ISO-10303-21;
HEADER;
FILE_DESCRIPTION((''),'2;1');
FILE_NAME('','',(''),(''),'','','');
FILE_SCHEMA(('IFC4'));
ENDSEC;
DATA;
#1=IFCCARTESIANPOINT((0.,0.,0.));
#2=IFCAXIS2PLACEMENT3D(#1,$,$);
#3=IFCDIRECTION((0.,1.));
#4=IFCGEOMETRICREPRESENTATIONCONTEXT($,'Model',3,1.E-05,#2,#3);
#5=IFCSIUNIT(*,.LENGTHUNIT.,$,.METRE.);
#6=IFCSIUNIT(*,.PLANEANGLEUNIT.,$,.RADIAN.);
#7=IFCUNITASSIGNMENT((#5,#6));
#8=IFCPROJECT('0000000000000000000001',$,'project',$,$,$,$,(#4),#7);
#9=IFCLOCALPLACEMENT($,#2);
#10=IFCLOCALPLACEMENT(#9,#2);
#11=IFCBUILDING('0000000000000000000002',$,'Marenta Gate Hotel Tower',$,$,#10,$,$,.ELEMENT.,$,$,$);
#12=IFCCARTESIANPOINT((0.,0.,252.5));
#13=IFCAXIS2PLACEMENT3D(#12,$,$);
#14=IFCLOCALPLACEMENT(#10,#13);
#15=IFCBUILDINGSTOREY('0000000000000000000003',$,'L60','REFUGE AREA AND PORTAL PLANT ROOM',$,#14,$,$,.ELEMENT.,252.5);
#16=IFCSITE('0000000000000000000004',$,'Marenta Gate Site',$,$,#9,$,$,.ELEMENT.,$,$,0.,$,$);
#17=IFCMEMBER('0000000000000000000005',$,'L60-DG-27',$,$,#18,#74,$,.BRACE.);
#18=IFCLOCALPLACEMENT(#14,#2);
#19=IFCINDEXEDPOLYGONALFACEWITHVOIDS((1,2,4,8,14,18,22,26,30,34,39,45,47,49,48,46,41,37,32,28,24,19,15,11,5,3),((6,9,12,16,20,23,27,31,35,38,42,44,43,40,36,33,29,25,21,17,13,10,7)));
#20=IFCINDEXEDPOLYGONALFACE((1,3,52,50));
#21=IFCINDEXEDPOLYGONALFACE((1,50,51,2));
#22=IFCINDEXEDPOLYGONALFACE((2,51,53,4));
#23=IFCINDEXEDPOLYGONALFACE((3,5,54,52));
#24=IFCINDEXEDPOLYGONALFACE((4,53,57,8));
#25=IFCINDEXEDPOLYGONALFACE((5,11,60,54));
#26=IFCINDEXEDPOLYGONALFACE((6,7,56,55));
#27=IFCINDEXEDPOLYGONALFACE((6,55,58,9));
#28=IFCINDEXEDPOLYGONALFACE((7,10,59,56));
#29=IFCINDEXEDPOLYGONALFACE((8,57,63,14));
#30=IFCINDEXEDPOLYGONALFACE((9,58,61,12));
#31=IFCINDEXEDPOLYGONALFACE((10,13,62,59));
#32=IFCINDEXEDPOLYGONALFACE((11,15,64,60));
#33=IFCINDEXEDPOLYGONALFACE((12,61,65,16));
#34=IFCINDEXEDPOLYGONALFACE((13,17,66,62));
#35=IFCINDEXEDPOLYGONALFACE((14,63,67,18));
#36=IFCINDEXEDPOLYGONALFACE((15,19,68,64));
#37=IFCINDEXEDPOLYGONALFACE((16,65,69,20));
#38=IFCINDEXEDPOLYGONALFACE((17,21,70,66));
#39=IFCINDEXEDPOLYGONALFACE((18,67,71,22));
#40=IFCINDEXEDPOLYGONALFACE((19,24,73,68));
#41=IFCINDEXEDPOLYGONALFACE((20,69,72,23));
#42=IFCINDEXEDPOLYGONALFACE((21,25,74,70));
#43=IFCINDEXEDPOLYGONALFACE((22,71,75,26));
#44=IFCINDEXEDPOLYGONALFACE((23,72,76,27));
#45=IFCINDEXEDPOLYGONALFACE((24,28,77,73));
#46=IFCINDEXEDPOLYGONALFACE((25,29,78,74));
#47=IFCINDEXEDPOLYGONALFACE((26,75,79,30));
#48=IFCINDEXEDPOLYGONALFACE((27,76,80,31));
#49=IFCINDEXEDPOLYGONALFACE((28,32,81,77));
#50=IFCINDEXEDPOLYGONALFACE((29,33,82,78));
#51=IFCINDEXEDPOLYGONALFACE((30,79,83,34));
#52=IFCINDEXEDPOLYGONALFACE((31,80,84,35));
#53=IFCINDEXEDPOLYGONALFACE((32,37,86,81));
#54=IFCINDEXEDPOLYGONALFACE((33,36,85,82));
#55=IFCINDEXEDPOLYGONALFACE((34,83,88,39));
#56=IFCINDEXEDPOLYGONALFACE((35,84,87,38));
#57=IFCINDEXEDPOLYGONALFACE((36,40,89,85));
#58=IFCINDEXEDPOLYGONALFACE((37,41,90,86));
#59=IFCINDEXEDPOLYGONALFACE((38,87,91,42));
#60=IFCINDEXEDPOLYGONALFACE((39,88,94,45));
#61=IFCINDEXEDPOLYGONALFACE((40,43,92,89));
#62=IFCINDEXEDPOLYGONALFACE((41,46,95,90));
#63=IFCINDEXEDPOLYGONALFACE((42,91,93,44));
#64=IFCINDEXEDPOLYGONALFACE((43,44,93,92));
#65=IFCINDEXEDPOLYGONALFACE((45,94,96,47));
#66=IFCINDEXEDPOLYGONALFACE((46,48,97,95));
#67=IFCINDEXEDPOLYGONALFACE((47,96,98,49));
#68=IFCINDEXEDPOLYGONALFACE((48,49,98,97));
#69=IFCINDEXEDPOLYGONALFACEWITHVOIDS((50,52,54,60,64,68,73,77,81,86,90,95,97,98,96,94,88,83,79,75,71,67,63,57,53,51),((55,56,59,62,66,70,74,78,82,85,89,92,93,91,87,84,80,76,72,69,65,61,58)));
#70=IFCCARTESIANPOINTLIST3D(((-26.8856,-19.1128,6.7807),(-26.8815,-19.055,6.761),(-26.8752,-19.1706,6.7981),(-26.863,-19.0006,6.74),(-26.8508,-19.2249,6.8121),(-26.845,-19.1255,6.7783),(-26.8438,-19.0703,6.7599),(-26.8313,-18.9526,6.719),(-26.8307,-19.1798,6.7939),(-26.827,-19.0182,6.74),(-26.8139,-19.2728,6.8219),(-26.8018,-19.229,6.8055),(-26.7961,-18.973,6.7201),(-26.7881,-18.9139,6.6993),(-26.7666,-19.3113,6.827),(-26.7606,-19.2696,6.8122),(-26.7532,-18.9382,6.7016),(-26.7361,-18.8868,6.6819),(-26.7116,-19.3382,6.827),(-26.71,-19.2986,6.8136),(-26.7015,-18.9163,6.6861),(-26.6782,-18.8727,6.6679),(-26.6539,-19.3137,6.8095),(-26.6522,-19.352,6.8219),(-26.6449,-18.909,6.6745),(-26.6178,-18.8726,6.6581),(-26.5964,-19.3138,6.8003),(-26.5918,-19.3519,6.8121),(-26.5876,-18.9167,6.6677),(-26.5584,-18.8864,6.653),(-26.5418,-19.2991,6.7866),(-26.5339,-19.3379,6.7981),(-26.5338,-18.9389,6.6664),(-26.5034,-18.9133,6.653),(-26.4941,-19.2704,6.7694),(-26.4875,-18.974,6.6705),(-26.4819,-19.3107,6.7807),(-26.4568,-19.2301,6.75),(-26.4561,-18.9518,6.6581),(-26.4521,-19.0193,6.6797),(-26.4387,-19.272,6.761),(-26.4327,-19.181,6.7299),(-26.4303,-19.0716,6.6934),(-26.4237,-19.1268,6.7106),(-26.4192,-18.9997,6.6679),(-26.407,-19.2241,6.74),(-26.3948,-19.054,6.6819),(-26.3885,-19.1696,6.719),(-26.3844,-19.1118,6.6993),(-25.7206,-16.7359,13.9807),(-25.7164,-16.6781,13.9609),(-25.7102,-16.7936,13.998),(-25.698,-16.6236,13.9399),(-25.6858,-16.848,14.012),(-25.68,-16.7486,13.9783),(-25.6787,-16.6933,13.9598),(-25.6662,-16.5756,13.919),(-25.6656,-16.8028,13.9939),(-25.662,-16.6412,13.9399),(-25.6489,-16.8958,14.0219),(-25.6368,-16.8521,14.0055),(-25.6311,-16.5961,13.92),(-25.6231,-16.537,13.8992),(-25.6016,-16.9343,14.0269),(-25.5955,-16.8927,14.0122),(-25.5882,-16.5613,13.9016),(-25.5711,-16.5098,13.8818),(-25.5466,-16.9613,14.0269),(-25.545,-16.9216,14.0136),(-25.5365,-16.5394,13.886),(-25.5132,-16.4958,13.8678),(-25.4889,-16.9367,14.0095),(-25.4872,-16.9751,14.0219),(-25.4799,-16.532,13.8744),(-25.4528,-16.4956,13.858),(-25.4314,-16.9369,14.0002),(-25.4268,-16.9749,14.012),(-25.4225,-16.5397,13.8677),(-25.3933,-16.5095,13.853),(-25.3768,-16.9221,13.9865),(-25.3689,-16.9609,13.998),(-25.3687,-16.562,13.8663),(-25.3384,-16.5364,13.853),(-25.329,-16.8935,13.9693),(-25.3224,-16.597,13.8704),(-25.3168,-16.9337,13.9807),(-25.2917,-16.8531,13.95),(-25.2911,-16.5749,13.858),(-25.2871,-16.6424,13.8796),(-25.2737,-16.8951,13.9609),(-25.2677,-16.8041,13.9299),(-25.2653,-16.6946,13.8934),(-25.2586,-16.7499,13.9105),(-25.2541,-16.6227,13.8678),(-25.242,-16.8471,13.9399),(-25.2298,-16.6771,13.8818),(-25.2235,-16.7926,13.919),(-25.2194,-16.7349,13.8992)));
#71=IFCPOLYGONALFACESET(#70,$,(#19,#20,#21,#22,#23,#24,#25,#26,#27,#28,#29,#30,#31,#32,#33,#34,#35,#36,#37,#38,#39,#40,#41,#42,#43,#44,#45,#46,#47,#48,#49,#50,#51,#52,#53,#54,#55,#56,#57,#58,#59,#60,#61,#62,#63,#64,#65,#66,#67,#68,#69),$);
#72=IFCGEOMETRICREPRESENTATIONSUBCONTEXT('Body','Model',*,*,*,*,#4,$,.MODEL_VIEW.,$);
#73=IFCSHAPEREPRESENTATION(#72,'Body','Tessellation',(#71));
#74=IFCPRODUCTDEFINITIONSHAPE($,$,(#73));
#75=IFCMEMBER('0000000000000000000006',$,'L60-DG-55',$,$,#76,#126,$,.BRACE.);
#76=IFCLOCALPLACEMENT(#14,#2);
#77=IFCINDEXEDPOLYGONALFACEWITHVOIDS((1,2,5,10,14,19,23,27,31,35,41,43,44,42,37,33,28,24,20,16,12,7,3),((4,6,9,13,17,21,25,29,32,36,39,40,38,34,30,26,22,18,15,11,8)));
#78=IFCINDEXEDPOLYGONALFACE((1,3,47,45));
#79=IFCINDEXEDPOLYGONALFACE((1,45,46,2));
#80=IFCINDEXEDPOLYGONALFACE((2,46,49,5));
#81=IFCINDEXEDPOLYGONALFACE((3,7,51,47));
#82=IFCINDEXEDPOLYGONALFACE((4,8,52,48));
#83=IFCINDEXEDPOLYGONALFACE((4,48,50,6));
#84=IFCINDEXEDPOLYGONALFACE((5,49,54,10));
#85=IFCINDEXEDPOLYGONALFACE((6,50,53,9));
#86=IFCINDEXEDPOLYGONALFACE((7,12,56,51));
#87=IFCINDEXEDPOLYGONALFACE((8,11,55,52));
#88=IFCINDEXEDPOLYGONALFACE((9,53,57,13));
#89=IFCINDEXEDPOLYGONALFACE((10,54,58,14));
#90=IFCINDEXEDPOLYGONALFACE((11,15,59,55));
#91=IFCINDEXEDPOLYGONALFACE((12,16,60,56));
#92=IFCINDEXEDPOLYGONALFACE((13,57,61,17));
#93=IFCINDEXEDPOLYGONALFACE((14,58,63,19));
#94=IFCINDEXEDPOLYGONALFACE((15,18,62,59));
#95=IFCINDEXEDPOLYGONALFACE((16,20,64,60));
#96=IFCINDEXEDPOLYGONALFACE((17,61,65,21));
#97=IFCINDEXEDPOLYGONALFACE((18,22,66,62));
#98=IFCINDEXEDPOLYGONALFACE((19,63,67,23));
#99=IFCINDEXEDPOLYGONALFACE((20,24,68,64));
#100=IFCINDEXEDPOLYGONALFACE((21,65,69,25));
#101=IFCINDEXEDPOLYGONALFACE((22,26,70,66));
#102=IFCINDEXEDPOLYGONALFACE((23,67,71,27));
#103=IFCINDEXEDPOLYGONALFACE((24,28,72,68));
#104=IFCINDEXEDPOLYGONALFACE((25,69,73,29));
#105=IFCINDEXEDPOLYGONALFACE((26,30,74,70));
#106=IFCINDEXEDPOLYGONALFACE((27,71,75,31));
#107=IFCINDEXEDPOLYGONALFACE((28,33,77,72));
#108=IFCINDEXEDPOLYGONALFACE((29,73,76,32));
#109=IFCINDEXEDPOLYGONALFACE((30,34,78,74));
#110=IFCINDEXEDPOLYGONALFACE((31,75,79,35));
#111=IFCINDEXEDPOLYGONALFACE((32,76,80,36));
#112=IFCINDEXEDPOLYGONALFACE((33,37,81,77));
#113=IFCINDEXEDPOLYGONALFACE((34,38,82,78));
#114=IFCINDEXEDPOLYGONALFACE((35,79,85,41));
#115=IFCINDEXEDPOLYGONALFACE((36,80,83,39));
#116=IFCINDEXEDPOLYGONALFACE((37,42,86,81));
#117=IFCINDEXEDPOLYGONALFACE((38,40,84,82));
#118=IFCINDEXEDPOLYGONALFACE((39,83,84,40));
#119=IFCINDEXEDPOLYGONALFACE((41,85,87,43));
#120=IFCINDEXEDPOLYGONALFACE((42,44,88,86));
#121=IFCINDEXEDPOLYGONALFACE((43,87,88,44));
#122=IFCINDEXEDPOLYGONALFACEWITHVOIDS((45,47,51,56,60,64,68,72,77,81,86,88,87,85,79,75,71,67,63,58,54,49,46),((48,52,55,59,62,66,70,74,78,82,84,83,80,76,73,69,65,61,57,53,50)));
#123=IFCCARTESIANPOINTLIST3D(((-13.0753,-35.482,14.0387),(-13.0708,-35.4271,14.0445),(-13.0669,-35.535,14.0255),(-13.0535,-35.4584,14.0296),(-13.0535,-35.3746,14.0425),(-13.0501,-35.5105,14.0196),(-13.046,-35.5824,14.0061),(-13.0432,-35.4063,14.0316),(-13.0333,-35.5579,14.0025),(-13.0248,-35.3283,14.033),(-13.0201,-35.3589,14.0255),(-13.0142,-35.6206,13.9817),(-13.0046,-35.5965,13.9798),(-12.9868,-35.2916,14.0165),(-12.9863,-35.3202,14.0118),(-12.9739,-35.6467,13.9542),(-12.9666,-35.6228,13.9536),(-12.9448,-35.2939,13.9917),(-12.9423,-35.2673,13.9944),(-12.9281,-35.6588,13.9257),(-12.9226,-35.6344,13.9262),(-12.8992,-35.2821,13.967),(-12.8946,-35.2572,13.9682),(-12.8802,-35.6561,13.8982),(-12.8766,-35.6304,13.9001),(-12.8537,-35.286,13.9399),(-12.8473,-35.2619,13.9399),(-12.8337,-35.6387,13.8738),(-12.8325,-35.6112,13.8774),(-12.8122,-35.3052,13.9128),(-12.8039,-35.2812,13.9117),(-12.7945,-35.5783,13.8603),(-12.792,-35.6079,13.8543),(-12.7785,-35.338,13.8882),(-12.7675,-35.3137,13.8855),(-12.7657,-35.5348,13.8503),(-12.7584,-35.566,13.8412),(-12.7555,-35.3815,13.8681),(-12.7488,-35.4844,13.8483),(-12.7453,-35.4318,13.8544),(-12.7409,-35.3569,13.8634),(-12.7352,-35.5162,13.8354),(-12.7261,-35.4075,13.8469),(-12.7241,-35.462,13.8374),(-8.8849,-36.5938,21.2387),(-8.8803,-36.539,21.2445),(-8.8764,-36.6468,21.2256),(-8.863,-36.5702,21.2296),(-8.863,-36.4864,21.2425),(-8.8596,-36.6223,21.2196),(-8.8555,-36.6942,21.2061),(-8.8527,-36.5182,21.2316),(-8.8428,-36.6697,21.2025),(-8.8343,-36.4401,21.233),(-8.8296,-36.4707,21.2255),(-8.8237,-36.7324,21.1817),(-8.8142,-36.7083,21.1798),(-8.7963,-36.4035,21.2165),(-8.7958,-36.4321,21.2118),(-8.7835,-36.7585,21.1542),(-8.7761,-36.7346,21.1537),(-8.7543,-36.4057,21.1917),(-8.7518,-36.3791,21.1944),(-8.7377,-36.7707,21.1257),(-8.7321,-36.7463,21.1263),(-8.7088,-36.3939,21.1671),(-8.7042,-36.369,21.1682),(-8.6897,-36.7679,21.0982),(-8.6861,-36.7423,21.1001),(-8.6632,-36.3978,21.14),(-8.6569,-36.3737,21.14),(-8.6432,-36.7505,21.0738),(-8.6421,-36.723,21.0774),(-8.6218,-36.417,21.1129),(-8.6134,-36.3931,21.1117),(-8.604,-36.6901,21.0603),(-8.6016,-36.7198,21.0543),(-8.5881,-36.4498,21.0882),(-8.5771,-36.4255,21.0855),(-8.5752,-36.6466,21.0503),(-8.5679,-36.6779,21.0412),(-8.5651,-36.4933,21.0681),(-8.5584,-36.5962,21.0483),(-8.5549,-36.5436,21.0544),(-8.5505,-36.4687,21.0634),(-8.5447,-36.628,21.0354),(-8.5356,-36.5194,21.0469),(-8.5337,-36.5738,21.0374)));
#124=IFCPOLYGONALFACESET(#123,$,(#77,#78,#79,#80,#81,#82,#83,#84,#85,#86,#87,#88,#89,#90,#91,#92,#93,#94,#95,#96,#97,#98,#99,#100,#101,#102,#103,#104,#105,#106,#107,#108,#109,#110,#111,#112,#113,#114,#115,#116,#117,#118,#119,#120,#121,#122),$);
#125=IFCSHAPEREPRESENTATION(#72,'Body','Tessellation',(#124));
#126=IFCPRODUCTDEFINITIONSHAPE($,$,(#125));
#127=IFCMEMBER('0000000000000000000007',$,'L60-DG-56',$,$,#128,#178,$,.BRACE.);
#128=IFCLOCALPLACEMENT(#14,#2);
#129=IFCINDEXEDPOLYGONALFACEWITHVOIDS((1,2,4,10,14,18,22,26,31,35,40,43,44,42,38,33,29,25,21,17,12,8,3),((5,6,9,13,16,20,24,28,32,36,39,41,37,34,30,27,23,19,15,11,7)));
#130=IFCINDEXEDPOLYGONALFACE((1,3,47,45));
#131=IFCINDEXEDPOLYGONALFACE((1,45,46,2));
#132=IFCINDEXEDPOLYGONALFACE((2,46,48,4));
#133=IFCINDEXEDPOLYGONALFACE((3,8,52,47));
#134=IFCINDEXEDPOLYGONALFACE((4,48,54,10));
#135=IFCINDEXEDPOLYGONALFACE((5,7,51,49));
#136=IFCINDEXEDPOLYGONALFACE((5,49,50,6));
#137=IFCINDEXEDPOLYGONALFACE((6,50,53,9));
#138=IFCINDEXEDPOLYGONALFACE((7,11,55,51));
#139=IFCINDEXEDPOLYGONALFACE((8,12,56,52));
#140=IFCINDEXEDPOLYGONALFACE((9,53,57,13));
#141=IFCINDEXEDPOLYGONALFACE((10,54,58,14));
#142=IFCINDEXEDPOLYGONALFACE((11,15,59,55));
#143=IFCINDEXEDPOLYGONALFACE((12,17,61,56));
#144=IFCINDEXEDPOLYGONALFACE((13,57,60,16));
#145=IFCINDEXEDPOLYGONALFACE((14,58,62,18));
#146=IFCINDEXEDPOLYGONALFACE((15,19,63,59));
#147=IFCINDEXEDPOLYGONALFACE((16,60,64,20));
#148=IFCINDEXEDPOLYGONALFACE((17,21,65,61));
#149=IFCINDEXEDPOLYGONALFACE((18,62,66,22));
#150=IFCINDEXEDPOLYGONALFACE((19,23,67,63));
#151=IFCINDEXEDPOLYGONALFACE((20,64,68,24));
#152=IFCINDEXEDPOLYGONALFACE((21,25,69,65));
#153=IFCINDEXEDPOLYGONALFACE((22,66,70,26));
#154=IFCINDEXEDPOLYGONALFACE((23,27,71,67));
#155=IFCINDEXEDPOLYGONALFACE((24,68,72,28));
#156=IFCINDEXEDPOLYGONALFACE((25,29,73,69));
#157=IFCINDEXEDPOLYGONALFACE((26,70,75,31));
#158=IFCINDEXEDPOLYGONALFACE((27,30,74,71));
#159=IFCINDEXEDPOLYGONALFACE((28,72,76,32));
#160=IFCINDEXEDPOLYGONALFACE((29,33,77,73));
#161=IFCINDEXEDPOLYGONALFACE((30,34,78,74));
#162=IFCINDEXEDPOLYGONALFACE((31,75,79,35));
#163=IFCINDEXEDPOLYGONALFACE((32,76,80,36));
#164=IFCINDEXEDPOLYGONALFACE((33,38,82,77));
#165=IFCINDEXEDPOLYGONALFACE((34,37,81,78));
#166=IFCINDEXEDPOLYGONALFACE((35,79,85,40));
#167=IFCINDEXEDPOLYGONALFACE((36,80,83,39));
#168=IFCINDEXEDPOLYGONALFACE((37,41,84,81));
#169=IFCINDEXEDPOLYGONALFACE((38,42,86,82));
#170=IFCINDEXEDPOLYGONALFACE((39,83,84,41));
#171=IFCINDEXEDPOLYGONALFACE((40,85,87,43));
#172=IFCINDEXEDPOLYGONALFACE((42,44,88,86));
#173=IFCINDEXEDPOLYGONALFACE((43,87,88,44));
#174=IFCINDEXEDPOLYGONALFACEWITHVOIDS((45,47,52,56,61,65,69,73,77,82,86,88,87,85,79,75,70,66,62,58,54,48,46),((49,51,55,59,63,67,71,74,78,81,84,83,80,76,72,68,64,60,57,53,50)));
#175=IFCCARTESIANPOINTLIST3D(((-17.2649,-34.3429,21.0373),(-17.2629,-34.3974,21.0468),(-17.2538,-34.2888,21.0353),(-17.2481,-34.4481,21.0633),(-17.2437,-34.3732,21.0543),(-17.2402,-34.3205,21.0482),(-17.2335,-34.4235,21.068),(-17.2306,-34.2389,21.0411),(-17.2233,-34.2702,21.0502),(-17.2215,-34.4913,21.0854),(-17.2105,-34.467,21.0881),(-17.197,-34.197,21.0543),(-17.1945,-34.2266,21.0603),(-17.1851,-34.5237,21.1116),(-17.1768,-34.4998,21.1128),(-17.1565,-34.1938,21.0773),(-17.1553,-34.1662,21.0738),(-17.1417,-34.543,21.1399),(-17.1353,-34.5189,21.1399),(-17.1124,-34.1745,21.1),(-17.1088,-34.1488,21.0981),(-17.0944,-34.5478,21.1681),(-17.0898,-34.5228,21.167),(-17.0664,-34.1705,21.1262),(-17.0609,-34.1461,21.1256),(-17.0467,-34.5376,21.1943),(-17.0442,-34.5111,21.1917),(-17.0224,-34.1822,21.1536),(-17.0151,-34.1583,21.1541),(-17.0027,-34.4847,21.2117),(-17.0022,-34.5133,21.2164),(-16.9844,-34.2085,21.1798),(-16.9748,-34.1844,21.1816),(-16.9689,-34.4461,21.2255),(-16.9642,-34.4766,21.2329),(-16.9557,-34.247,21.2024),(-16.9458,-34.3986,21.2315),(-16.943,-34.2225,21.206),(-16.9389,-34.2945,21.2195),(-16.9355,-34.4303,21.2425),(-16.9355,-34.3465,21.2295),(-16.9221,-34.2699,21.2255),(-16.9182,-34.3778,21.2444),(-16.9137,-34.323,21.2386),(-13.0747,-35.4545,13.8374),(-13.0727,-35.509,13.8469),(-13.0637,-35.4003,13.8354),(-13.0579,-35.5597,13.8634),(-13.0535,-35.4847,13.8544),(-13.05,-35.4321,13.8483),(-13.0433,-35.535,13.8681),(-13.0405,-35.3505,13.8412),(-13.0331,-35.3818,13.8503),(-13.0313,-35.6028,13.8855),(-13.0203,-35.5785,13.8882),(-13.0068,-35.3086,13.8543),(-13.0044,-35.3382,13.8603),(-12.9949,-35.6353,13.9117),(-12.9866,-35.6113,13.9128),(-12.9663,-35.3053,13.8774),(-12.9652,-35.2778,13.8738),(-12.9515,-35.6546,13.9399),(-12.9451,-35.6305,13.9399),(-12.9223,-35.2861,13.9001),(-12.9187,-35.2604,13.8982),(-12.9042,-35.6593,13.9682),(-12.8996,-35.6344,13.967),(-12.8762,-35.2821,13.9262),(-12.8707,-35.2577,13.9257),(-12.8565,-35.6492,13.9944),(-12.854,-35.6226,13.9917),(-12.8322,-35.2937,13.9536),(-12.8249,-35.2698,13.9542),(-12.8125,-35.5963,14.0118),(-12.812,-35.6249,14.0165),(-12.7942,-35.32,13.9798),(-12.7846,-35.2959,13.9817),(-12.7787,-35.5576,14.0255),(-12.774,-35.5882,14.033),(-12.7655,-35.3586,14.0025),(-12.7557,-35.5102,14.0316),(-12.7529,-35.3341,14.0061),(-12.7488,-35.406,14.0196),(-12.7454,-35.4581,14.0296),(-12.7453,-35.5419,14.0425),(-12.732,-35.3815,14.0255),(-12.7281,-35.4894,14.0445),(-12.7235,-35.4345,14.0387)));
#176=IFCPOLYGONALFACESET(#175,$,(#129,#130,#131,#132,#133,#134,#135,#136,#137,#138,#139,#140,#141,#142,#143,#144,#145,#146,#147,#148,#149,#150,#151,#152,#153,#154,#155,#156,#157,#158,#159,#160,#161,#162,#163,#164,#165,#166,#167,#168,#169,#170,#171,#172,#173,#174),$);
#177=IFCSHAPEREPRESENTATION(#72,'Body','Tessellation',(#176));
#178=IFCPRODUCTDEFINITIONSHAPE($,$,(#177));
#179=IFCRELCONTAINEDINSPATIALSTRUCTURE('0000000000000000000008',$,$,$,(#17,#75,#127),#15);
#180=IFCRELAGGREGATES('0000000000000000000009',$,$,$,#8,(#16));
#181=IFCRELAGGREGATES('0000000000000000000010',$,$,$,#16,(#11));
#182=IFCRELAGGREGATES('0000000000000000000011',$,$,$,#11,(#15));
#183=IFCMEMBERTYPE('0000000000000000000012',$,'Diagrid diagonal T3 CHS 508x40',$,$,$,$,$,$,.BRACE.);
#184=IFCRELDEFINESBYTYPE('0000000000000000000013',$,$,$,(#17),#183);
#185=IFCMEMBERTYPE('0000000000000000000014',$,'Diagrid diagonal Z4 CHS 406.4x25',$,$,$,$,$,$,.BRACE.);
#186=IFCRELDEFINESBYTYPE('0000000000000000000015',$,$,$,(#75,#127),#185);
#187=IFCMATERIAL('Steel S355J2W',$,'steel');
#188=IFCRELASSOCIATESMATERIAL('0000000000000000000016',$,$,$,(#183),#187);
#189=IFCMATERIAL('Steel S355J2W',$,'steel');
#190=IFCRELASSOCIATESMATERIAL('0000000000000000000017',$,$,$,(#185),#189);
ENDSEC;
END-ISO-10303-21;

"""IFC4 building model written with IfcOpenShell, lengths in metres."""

from ifc_helpers import new_model, si_unit, direction, frame, origin, origin_2d, place, context, subcontext, project, spatial, hollow_circle, extrude, material, material_profile, profile_set, type_object, element, save


model = new_model("IFC4")

# Units and contexts
model_context = context("Model", 3, precision=1e-05, world=origin(), true_north=direction((0.0, 1.0)))
body_context = subcontext(model_context, "Body", "Model", "MODEL_VIEW")
ifc_project = project(units=[si_unit("LENGTHUNIT", "METRE"), si_unit("PLANEANGLEUNIT", "RADIAN")], contexts=[model_context])

# Site, building, storey
site_placement = place(None, origin())
site = spatial("IfcSite", under=ifc_project, at=site_placement, Name="Marenta Gate Site", CompositionType="ELEMENT", RefElevation=0.0)
building_placement = place(site_placement, origin())
building = spatial("IfcBuilding", under=site, at=building_placement, Name="Marenta Gate Hotel Tower", CompositionType="ELEMENT")
storey_placement = place(building_placement, frame((0.0, 0.0, 252.5)))
storey = spatial("IfcBuildingStorey", under=building, at=storey_placement, Name="L60", Description="REFUGE AREA AND PORTAL PLANT ROOM", CompositionType="ELEMENT", Elevation=252.5)

# Members
ifc_material_1 = material(Name="Steel S355J2W", Category="steel")
ifc_material_profile_1 = material_profile(ifc_material_1, hollow_circle(Radius=0.2539, WallThickness=0.04, at=origin_2d()), Name="CHS 508x40")
ifc_profile_set_1 = profile_set([ifc_material_profile_1], Name="Steel S355J2W")
member_type_1 = type_object("IfcMemberType", Name="Diagrid diagonal T3 CHS 508x40", PredefinedType="BRACE", material=ifc_profile_set_1)
member_1_placement = place(storey_placement, frame((-26.635, -19.1123, 6.74), z_axis=(0.151873, 0.309856, 0.938575), x_axis=(-0.897941, 0.440116, 0.0)))
element("IfcMember", 1, at=member_1_placement, inside=storey, type_object=member_type_1, Name="L60-DG-27", PredefinedType="BRACE", context=body_context, shape_type="SweptSolid", body=[
    extrude(hollow_circle(Radius=0.2539, WallThickness=0.04, at=origin_2d()), origin(), (0.0, 0.0, 1.0), 7.6711),
])
ifc_material_2 = material(Name="Steel S355J2W", Category="steel")
ifc_material_profile_2 = material_profile(ifc_material_2, hollow_circle(Radius=0.2031, WallThickness=0.0249, at=origin_2d()), Name="CHS 406.4x25")
ifc_profile_set_2 = profile_set([ifc_material_profile_2], Name="Steel S355J2W")
member_type_2 = type_object("IfcMemberType", Name="Diagrid diagonal Z4 CHS 406.4x25", PredefinedType="BRACE", material=ifc_profile_set_2)
member_2_placement = place(storey_placement, frame((-12.8994, -35.4583, 13.9399), z_axis=(0.498595, -0.132289, 0.856681), x_axis=(0.25645, 0.966558, 0.0)))
element("IfcMember", 2, at=member_2_placement, inside=storey, type_object=member_type_2, Name="L60-DG-55", PredefinedType="BRACE", context=body_context, shape_type="SweptSolid", body=[
    extrude(hollow_circle(Radius=0.2031, WallThickness=0.0249, at=origin_2d()), origin(), (0.0, 0.0, 1.0), 8.4045),
])
for number, where, z_axis, x_axis, name in (
    (3, (-12.8994, -35.4583, 13.9399), (-0.498575, 0.132262, 0.856697), (-0.256411, -0.966568, 0.0), "L60-DG-56"),
):
    element("IfcMember", number, at=place(storey_placement, frame(where, z_axis=z_axis, x_axis=x_axis)), inside=storey, type_object=member_type_2, Name=name, PredefinedType="BRACE", context=body_context, shape_type="SweptSolid", body=[
        extrude(hollow_circle(Radius=0.2031, WallThickness=0.0249, at=origin_2d()), origin(), (0.0, 0.0, 1.0), 8.4043),
    ])

save(model, "model.ifc")
